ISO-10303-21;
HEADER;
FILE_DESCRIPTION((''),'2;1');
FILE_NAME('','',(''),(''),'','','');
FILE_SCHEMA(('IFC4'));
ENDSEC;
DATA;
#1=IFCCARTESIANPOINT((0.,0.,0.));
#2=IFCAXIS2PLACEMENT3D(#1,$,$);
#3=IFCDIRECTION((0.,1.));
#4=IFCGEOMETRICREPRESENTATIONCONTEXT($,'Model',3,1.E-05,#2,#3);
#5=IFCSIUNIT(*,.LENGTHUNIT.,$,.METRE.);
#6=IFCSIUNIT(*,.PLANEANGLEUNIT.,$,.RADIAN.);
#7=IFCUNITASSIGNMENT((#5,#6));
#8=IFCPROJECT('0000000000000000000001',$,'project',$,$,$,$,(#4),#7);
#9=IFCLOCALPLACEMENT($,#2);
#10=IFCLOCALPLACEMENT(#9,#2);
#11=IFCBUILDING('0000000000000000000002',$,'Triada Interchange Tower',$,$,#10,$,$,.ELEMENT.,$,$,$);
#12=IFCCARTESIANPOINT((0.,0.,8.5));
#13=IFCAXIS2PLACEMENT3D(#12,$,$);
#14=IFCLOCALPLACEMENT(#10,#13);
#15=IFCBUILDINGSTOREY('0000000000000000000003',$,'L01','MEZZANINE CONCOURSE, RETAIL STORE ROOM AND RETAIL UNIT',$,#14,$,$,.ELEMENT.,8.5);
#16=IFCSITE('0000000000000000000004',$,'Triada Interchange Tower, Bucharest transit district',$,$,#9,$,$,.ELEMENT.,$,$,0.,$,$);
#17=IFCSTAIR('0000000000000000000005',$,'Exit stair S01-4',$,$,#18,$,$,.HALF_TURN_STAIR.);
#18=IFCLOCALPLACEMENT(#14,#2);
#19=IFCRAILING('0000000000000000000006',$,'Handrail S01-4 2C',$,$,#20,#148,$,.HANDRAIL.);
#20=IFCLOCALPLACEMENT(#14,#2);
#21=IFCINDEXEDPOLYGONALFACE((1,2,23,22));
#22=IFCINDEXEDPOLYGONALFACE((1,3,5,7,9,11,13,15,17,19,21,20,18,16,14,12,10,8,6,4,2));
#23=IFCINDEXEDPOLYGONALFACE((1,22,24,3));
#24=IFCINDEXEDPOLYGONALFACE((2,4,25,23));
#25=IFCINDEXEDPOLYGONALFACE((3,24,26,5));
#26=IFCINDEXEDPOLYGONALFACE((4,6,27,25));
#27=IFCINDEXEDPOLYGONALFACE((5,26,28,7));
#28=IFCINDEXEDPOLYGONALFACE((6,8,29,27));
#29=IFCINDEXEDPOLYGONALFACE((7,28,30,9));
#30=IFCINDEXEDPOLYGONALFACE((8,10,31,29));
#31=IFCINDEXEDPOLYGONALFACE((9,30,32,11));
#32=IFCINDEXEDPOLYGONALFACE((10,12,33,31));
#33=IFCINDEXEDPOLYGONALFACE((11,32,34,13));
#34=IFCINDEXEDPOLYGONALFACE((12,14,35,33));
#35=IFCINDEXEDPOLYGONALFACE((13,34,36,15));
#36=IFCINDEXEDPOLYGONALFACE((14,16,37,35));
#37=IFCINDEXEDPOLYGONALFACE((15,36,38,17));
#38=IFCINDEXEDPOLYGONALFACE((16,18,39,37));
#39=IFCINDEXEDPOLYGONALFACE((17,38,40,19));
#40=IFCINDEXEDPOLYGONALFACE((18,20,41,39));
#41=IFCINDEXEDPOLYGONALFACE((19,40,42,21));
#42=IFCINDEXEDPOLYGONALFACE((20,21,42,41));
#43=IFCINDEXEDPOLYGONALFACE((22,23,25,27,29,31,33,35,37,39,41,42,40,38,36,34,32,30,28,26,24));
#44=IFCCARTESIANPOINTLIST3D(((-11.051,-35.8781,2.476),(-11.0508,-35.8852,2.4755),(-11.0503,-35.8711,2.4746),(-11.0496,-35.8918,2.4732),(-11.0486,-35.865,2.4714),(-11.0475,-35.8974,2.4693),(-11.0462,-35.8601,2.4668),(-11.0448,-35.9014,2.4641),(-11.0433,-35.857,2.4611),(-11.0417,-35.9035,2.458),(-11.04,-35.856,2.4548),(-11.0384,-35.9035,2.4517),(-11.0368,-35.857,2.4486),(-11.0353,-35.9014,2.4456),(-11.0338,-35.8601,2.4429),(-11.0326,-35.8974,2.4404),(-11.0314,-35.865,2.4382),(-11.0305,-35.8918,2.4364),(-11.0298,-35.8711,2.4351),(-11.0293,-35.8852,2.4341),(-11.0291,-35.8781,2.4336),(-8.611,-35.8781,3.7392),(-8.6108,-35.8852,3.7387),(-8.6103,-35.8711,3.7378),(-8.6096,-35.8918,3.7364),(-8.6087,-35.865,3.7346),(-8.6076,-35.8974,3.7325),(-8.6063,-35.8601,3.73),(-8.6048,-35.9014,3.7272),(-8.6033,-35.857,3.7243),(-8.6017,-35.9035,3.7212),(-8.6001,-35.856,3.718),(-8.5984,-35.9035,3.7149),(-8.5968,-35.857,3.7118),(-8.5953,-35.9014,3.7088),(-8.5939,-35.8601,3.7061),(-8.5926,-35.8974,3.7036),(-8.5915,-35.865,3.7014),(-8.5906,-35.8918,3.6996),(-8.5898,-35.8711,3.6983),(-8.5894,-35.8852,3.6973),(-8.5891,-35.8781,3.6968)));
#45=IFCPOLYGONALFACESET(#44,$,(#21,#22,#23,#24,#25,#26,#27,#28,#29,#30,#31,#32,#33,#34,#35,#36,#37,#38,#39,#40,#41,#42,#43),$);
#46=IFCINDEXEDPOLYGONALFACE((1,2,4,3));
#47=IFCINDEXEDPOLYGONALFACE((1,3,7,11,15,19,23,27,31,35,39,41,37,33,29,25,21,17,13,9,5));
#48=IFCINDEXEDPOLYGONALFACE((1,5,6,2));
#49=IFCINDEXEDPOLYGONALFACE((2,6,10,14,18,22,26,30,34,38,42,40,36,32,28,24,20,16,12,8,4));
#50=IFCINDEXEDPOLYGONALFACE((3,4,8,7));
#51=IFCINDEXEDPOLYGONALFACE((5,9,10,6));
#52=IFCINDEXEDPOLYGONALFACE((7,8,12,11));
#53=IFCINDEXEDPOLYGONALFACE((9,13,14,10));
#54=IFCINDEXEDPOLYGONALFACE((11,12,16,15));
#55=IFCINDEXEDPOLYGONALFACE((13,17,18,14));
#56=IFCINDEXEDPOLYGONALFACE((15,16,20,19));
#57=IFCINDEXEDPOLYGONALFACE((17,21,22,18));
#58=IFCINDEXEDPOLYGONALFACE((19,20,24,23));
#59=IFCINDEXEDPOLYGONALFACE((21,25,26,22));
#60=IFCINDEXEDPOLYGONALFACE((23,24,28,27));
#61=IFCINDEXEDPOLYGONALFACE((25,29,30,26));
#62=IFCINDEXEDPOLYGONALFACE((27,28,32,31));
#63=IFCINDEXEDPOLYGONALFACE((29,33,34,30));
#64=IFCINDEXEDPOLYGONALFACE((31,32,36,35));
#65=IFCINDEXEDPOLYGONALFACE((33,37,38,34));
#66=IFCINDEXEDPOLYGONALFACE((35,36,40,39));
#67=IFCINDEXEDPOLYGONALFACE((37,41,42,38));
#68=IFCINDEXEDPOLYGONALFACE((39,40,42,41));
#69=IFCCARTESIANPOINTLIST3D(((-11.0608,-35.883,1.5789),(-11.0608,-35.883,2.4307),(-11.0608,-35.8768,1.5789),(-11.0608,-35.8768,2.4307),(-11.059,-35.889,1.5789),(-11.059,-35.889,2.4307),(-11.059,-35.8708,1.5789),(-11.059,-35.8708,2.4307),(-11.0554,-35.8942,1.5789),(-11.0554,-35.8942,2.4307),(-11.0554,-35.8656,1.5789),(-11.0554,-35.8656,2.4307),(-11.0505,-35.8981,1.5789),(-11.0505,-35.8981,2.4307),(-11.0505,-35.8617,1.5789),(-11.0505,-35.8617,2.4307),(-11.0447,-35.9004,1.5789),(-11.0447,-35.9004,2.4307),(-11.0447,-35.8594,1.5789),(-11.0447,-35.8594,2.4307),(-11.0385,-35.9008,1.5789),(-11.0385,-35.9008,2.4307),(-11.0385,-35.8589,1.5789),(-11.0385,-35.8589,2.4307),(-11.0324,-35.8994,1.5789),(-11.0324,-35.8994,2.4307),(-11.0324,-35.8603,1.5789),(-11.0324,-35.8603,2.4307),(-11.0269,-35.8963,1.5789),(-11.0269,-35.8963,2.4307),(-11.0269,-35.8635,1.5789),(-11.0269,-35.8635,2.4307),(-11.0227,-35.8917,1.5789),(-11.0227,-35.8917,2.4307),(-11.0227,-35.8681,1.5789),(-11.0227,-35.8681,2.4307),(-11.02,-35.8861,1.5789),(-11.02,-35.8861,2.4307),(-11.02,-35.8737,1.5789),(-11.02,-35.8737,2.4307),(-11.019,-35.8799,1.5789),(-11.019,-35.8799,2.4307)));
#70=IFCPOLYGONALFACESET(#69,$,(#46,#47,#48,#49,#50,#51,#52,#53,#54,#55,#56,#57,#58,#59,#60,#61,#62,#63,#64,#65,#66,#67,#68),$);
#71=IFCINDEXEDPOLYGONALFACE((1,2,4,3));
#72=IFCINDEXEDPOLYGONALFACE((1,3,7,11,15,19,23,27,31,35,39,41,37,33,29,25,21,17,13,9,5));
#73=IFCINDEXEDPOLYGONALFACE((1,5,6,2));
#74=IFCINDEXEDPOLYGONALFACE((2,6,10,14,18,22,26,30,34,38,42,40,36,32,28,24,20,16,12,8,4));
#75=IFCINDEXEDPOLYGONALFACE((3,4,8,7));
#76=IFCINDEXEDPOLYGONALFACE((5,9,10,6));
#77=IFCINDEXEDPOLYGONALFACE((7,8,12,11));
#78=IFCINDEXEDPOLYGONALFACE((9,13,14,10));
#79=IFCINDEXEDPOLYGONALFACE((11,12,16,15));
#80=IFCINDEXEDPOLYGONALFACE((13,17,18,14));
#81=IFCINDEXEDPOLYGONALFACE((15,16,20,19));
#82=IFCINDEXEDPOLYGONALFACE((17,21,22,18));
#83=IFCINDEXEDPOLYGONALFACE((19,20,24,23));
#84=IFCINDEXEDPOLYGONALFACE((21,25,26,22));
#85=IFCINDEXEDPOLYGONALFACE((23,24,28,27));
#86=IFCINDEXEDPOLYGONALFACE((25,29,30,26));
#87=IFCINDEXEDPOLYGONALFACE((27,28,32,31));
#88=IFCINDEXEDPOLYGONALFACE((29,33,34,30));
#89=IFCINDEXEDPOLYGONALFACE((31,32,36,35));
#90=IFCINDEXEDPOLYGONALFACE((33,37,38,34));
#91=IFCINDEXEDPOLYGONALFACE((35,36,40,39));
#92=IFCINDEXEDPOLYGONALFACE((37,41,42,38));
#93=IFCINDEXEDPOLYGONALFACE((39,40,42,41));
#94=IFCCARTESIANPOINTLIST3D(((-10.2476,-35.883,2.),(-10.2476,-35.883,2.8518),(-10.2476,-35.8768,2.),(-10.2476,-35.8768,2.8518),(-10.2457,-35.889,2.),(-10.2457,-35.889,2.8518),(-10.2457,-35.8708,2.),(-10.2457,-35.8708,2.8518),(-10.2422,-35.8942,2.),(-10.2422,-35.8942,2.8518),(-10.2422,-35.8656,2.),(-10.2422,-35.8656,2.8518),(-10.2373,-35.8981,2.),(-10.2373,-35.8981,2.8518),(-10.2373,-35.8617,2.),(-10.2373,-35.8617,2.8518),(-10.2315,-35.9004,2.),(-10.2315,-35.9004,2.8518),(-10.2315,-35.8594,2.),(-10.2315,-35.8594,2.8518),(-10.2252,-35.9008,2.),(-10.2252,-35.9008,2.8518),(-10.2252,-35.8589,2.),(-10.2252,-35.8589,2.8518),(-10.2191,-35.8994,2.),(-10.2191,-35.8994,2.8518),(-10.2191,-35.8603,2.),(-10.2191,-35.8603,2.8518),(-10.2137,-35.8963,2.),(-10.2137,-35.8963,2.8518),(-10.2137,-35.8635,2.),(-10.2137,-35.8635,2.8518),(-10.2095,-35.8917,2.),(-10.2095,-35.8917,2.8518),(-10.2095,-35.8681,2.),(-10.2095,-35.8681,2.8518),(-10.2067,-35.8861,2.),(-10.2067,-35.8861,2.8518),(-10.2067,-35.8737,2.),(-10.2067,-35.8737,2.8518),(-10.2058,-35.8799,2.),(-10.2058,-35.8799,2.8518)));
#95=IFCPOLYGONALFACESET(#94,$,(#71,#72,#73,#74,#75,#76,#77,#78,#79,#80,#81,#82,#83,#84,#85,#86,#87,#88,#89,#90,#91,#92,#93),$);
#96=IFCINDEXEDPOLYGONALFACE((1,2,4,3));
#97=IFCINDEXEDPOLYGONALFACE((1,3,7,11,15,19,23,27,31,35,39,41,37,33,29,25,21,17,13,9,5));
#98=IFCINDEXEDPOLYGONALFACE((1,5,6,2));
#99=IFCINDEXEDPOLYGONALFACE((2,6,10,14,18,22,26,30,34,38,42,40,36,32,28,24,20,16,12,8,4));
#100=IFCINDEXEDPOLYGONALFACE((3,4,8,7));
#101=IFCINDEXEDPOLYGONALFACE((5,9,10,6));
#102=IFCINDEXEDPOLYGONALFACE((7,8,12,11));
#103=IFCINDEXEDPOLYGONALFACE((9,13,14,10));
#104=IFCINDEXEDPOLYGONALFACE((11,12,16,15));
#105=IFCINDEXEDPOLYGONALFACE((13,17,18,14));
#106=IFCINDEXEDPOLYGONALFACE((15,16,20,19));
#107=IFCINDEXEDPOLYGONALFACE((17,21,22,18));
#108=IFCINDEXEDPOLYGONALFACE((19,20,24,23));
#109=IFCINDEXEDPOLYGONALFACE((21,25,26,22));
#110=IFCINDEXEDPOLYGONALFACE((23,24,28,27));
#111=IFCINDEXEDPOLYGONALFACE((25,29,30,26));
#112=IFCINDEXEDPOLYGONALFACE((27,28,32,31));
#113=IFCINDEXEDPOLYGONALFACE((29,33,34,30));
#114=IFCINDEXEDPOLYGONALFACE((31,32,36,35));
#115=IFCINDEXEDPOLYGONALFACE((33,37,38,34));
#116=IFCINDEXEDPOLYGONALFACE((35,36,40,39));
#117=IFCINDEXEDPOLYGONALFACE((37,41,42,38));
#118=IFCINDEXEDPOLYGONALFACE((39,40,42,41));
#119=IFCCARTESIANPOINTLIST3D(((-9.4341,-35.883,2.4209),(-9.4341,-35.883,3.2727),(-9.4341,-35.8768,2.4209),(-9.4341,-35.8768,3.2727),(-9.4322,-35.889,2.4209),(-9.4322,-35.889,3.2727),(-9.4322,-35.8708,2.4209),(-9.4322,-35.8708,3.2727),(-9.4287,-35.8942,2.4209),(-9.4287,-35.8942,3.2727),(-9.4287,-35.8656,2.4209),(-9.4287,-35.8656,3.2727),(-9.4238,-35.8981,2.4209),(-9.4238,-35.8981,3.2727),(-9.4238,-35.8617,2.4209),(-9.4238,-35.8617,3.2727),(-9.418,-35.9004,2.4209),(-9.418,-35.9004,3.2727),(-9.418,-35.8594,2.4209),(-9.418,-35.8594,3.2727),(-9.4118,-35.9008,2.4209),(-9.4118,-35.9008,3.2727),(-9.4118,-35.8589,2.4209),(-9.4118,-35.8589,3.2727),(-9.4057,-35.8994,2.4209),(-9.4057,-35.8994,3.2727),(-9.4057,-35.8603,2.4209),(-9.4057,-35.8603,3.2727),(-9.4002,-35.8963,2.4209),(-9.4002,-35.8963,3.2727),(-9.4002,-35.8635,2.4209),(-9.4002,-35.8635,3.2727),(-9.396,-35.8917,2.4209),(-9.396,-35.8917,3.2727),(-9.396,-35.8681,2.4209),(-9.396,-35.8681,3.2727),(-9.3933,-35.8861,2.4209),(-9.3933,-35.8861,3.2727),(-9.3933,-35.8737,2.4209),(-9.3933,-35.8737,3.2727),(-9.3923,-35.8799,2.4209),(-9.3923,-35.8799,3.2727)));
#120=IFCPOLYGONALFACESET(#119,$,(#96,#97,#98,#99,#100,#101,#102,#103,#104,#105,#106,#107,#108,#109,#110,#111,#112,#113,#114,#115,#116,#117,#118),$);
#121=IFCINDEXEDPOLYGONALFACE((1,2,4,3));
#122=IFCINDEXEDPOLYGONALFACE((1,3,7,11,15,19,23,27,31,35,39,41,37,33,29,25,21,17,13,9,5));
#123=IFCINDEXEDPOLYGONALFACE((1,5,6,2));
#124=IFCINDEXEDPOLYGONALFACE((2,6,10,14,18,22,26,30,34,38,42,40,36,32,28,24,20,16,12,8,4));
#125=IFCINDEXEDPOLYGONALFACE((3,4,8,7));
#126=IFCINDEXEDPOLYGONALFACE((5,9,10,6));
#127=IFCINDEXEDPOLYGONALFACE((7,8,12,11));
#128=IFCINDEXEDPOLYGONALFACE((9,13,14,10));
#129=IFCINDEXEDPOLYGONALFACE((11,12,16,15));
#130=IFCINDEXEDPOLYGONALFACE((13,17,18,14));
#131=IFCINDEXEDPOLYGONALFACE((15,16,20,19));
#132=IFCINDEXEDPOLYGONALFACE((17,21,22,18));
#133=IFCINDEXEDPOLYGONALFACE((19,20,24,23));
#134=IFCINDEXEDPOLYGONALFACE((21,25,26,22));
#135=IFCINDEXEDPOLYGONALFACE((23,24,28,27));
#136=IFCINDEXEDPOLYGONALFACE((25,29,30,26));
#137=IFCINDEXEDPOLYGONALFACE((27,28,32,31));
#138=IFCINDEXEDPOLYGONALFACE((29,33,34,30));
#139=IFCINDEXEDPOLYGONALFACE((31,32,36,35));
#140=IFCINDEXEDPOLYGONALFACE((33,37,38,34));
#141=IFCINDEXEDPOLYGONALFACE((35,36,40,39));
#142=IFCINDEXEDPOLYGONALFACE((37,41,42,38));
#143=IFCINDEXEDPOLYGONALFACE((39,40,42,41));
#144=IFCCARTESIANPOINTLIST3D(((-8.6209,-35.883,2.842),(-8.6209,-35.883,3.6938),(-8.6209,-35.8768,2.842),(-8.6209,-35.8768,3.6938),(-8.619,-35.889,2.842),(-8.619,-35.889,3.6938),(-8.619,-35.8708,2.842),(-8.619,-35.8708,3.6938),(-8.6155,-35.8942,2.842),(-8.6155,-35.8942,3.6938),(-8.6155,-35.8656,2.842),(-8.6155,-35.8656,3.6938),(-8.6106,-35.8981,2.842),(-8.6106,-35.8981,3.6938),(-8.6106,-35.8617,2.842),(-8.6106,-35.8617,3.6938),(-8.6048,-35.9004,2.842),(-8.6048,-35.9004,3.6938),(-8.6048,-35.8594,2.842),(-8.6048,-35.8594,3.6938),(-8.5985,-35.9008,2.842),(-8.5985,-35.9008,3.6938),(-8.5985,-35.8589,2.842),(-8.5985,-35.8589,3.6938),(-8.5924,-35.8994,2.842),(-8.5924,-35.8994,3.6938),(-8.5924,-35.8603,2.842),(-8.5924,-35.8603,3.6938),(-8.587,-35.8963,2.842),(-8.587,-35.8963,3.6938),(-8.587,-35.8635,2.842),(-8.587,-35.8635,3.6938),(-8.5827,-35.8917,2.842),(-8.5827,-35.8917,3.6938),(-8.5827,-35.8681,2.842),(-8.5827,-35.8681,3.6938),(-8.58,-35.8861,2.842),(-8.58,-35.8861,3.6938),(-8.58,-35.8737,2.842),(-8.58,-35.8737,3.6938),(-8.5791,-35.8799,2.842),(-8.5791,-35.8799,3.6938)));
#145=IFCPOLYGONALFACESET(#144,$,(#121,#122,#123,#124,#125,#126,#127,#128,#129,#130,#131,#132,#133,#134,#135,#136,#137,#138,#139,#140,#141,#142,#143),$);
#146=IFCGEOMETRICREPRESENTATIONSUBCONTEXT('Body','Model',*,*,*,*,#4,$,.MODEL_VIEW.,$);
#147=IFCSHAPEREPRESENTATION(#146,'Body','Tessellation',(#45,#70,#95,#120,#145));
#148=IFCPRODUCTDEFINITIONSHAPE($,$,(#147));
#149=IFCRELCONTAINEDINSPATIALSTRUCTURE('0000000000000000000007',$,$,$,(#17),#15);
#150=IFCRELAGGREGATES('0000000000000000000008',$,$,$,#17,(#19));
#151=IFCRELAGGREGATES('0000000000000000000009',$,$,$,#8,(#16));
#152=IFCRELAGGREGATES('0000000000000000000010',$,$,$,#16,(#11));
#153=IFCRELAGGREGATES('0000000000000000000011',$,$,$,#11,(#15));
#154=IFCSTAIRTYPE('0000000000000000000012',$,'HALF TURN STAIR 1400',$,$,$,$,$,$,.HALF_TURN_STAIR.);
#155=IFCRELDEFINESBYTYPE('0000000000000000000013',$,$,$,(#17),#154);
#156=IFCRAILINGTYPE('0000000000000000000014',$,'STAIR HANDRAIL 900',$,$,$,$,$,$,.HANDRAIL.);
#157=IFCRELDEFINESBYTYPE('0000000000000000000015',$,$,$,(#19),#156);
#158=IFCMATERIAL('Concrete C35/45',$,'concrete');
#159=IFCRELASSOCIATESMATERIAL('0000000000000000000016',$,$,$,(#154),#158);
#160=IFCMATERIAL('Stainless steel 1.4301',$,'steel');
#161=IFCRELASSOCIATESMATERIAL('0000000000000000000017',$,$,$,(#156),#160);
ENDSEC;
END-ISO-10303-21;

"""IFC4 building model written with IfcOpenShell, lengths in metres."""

from ifc_helpers import new_model, si_unit, direction, frame, origin, origin_2d, place, context, subcontext, project, spatial, circle, extrude, material, type_object, element, aggregate, save


model = new_model("IFC4")

# Units and contexts
model_context = context("Model", 3, precision=1e-05, world=origin(), true_north=direction((0.0, 1.0)))
body_context = subcontext(model_context, "Body", "Model", "MODEL_VIEW")
ifc_project = project(units=[si_unit("LENGTHUNIT", "METRE"), si_unit("PLANEANGLEUNIT", "RADIAN")], contexts=[model_context])

# Site, building, storey
site_placement = place(None, origin())
site = spatial("IfcSite", under=ifc_project, at=site_placement, Name="Triada Interchange Tower, Bucharest transit district", CompositionType="ELEMENT", RefElevation=0.0)
building_placement = place(site_placement, origin())
building = spatial("IfcBuilding", under=site, at=building_placement, Name="Triada Interchange Tower", CompositionType="ELEMENT")
storey_placement = place(building_placement, frame((0.0, 0.0, 8.5)))
storey = spatial("IfcBuildingStorey", under=building, at=storey_placement, Name="L01", Description="MEZZANINE CONCOURSE, RETAIL STORE ROOM AND RETAIL UNIT", CompositionType="ELEMENT", Elevation=8.5)

# Stair, railing
ifc_material_1 = material(Name="Concrete C35/45", Category="concrete")
stair_type = type_object("IfcStairType", Name="HALF TURN STAIR 1400", PredefinedType="HALF_TURN_STAIR", material=ifc_material_1)
stair_placement = place(storey_placement, origin())
stair = element("IfcStair", 1, at=stair_placement, inside=storey, type_object=stair_type, Name="Exit stair S01-4", PredefinedType="HALF_TURN_STAIR")
ifc_material_2 = material(Name="Stainless steel 1.4301", Category="steel")
railing_type = type_object("IfcRailingType", Name="STAIR HANDRAIL 900", PredefinedType="HANDRAIL", material=ifc_material_2)
railing_1_placement = place(storey_placement, frame((-11.04, -35.8799, 1.5789)))
railing_1 = element("IfcRailing", 2, at=railing_1_placement, type_object=railing_type, Name="Handrail S01-4 2C", PredefinedType="HANDRAIL", context=body_context, shape_type="SweptSolid", body=[
    extrude(circle(Radius=0.0239, at=origin_2d()), frame((0.0, 0.0, 0.876), z_axis=(0.888048, 0.0, 0.459752), x_axis=(0.0, 1.0, 0.0)), (0.0, 0.0, 1.0), 2.7476),
    extrude(circle(Radius=0.021, at=origin_2d()), origin(), (0.0, 0.0, 1.0), 0.8518),
    extrude(circle(Radius=0.021, at=origin_2d()), frame((0.8132, 0.0, 0.4211)), (0.0, 0.0, 1.0), 0.8518),
    extrude(circle(Radius=0.021, at=origin_2d()), frame((1.6267, 0.0, 0.842)), (0.0, 0.0, 1.0), 0.8518),
    extrude(circle(Radius=0.021, at=origin_2d()), frame((2.4399, 0.0, 1.2632)), (0.0, 0.0, 1.0), 0.8518),
])
aggregate(stair, [railing_1])

save(model, "model.ifc")
